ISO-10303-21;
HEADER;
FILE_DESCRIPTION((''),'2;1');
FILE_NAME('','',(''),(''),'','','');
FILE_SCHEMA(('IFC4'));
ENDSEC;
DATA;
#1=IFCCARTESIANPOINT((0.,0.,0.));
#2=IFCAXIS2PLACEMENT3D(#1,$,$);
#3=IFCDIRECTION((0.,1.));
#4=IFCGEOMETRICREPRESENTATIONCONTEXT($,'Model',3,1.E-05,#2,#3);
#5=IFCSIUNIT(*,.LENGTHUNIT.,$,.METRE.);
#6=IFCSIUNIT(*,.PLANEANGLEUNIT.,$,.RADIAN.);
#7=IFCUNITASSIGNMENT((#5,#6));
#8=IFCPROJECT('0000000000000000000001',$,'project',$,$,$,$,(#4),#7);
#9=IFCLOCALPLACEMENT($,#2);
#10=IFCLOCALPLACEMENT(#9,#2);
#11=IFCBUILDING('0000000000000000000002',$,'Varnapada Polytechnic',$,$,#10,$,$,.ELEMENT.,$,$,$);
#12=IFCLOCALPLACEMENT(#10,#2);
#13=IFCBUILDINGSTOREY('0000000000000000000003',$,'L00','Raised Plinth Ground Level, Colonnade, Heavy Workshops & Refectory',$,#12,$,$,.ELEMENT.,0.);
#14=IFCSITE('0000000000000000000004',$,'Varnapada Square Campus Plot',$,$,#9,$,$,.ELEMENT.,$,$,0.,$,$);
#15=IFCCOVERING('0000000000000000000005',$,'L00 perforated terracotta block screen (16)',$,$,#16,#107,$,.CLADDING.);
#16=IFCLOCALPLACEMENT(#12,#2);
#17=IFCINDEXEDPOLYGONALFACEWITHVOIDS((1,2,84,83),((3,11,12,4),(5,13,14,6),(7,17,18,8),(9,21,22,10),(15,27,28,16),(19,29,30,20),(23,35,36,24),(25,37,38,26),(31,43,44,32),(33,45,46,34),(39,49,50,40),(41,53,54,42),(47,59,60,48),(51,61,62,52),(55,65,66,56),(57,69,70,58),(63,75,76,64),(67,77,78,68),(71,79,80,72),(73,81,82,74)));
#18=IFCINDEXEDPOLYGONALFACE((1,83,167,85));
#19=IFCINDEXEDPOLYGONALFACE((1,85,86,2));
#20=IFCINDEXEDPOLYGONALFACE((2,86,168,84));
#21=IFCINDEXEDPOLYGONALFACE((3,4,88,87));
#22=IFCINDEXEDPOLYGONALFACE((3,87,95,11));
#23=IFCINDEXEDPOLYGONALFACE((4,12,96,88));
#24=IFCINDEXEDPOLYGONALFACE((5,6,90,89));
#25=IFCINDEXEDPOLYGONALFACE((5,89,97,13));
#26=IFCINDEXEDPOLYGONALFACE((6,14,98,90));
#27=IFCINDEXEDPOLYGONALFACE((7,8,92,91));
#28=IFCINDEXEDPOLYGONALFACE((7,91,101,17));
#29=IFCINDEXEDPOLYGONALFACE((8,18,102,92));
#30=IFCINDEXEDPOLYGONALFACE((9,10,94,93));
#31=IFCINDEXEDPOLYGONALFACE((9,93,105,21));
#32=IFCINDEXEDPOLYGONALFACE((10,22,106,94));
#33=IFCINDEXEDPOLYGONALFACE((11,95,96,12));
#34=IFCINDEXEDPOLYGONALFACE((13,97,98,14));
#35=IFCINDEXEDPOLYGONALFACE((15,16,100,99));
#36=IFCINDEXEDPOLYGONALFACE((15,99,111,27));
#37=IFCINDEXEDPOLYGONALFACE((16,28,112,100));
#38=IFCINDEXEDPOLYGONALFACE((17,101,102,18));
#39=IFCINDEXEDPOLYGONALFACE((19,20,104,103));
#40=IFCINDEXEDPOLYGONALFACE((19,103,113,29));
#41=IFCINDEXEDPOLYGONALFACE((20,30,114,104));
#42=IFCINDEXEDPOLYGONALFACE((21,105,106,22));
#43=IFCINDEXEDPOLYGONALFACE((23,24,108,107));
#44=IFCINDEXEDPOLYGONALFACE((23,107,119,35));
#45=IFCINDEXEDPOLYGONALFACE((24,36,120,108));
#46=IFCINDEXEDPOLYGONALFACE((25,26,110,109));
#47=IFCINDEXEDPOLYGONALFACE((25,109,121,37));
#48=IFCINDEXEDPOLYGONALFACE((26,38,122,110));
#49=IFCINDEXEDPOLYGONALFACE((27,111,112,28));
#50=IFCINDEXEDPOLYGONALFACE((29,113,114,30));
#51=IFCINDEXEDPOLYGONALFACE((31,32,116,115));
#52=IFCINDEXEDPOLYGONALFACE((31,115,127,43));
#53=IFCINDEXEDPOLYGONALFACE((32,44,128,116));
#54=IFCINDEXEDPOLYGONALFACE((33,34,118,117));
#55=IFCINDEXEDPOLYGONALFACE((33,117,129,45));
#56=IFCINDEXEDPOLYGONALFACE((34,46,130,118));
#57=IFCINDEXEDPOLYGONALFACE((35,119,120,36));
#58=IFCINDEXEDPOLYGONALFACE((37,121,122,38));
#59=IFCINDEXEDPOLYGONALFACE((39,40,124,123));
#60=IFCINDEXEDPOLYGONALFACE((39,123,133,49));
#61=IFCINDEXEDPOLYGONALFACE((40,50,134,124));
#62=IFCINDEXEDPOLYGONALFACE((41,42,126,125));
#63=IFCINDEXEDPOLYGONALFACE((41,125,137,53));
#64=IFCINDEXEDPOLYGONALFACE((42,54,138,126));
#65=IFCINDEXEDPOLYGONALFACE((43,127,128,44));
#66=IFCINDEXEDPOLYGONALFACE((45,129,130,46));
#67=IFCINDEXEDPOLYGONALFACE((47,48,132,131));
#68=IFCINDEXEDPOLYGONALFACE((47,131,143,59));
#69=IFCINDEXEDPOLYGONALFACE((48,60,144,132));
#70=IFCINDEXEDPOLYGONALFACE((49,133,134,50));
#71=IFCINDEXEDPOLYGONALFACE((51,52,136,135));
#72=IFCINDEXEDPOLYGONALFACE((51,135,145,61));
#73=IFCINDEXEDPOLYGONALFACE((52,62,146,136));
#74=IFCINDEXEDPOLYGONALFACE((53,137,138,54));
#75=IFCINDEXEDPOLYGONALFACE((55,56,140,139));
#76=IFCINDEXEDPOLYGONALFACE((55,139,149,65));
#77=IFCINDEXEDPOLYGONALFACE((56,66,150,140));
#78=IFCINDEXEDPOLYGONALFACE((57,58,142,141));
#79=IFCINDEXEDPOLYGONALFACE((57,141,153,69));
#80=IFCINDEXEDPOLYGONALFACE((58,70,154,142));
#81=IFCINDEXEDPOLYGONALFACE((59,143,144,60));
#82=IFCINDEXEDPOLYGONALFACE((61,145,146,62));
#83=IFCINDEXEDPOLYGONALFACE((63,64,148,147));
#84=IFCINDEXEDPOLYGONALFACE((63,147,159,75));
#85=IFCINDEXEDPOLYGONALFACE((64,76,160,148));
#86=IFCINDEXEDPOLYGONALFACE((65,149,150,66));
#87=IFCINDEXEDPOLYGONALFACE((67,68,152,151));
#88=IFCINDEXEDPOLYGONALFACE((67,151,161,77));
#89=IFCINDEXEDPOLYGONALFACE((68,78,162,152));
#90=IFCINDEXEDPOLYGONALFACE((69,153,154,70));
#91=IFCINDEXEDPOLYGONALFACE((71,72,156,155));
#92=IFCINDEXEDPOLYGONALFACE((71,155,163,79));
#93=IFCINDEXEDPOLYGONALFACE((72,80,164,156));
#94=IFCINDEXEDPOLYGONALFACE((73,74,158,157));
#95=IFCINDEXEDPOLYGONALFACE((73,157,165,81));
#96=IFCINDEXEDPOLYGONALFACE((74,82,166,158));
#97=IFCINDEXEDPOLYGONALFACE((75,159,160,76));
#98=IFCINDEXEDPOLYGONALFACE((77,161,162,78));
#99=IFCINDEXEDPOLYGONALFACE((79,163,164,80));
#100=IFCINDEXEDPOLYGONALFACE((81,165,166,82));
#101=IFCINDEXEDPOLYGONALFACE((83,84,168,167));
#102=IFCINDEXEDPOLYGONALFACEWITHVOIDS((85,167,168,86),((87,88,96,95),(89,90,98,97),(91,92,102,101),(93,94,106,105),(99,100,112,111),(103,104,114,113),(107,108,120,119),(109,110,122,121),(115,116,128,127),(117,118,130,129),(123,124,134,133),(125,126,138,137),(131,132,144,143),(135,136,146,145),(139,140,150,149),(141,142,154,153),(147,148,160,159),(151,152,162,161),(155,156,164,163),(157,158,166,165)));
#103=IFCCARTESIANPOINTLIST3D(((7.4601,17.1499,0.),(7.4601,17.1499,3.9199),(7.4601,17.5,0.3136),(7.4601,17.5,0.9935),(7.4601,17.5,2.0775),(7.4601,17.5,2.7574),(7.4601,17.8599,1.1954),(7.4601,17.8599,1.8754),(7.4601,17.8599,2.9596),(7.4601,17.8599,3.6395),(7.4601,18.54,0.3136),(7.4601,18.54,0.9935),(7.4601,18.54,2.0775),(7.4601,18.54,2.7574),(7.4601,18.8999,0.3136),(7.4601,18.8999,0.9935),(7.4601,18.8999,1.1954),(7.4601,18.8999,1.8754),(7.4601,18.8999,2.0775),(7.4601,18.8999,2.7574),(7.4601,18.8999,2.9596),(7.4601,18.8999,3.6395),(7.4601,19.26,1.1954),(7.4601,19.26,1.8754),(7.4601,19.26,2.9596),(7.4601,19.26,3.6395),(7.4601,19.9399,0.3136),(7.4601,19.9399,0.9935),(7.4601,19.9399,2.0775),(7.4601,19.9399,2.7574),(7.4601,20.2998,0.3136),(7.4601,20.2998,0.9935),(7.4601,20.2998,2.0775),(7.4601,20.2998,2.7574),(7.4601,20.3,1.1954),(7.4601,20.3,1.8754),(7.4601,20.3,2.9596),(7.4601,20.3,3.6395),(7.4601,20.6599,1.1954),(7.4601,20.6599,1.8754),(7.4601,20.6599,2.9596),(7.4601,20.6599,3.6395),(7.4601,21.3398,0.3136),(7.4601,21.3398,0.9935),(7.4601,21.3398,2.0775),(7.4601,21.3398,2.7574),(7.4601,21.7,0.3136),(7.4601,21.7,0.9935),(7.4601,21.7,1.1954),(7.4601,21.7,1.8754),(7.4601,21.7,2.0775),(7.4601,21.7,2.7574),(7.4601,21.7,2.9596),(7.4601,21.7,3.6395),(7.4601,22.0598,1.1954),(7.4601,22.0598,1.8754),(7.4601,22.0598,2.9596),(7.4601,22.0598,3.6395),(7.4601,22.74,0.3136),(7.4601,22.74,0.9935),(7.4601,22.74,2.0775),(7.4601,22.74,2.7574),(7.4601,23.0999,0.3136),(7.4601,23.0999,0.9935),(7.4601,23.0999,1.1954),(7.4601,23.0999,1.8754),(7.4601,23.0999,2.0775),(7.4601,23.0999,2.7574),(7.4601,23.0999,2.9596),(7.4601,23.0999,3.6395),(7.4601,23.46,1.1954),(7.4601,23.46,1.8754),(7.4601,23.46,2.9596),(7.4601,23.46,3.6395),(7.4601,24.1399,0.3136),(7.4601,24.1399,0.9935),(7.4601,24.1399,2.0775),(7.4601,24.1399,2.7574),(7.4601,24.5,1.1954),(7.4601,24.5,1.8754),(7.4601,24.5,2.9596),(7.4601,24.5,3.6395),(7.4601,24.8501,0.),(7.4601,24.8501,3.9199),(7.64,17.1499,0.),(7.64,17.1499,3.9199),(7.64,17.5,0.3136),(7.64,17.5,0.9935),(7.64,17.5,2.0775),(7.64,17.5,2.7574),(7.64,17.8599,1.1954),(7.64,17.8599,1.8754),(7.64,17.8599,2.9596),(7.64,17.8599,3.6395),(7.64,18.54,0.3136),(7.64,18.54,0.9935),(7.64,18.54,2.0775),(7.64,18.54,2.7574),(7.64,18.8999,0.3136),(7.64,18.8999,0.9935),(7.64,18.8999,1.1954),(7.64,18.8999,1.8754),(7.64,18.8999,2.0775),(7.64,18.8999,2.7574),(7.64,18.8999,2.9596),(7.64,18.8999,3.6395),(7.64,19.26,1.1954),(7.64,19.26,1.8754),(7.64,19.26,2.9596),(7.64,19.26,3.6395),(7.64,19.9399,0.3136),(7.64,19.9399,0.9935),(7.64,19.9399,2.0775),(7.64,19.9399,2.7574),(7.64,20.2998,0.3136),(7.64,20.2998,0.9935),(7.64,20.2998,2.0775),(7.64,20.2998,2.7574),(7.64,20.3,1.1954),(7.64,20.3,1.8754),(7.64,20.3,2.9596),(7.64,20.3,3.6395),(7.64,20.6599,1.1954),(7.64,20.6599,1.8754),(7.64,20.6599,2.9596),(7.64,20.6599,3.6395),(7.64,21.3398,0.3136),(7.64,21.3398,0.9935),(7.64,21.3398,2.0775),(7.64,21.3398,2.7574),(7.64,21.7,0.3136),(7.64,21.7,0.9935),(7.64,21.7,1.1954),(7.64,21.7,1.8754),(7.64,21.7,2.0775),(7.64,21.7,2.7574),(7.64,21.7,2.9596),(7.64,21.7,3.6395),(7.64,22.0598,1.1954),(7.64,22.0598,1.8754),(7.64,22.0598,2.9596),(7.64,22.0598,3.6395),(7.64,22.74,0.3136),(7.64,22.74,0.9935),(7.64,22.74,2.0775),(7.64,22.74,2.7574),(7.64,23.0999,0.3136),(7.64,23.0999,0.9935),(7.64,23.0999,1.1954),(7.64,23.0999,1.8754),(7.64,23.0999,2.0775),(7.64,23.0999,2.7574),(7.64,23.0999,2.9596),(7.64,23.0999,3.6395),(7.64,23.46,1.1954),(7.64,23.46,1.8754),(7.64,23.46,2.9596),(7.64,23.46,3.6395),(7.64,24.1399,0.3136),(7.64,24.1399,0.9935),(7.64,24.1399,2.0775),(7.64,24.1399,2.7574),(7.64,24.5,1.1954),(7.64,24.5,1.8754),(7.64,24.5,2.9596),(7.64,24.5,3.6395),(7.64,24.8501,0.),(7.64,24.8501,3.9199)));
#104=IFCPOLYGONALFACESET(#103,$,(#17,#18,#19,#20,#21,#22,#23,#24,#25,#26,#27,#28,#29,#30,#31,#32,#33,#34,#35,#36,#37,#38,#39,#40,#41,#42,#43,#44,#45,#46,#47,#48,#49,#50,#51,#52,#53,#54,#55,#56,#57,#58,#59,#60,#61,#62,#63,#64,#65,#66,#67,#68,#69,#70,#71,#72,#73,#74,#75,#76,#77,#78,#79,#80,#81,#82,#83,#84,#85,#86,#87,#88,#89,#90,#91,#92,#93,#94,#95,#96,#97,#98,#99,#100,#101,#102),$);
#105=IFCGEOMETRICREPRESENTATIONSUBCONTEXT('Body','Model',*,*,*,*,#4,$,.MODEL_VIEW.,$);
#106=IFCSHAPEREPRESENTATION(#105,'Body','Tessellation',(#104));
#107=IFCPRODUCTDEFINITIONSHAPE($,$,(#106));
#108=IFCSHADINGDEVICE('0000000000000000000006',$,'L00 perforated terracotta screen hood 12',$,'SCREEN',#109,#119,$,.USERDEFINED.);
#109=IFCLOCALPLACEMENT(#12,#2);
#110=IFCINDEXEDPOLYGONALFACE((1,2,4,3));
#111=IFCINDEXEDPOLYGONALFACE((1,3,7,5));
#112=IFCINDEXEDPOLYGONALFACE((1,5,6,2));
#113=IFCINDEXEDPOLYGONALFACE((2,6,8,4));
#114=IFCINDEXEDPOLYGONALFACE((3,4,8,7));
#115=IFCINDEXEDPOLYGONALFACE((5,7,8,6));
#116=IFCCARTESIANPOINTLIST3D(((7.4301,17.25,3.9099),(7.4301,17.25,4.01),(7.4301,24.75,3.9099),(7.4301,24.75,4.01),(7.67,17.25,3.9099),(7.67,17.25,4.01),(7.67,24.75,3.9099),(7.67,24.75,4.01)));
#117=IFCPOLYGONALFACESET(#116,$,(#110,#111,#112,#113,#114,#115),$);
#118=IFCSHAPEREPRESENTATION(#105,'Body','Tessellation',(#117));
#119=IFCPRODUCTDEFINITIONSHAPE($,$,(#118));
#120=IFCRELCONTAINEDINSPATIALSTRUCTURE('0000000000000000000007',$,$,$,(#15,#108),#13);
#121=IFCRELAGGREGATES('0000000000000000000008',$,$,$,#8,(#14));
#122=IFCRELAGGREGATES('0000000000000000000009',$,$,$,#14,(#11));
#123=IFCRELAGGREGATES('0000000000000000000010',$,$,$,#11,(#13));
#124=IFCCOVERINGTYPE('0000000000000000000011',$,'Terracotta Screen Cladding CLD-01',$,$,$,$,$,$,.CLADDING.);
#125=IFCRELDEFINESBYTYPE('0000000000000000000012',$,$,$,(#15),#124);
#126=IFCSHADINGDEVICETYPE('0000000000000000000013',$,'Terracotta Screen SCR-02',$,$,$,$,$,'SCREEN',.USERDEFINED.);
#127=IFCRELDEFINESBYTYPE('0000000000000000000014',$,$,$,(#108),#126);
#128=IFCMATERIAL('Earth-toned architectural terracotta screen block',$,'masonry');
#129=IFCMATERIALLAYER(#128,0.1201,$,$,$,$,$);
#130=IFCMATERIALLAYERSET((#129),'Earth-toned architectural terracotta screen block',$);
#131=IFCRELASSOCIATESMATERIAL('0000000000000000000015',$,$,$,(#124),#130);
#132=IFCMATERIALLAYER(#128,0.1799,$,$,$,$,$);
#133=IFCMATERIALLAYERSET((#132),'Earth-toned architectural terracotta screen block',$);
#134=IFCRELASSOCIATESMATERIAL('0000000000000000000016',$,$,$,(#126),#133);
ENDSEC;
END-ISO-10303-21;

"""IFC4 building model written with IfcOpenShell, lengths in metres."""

from ifc_helpers import new_model, si_unit, direction, frame, frame_2d, origin, origin_2d, place, context, subcontext, project, spatial, rectangle, extrude, material, layer, layer_set, type_object, element, save


model = new_model("IFC4")

# Units and contexts
model_context = context("Model", 3, precision=1e-05, world=origin(), true_north=direction((0.0, 1.0)))
body_context = subcontext(model_context, "Body", "Model", "MODEL_VIEW")
ifc_project = project(units=[si_unit("LENGTHUNIT", "METRE"), si_unit("PLANEANGLEUNIT", "RADIAN")], contexts=[model_context])

# Site, building, storey
site_placement = place(None, origin())
site = spatial("IfcSite", under=ifc_project, at=site_placement, Name="Varnapada Square Campus Plot", CompositionType="ELEMENT", RefElevation=0.0)
building_placement = place(site_placement, origin())
building = spatial("IfcBuilding", under=site, at=building_placement, Name="Varnapada Polytechnic", CompositionType="ELEMENT")
storey_placement = place(building_placement, origin())
storey = spatial("IfcBuildingStorey", under=building, at=storey_placement, Name="L00", Description="Raised Plinth Ground Level, Colonnade, Heavy Workshops & Refectory", CompositionType="ELEMENT", Elevation=0.0)

# Covering, openings
ifc_material_1 = material(Name="Earth-toned architectural terracotta screen block", Category="masonry")
ifc_layer_1 = layer(ifc_material_1, 0.1201)
ifc_layer_set_1 = layer_set([ifc_layer_1], Name="Earth-toned architectural terracotta screen block")
covering_type = type_object("IfcCoveringType", Name="Terracotta Screen Cladding CLD-01", PredefinedType="CLADDING", material=ifc_layer_set_1)
covering_placement = place(storey_placement, frame((7.55, 17.1499, 0.0), z_axis=(0.0, 0.0, 1.0), x_axis=(0.0, 1.0, 0.0)))
covering = element("IfcCovering", 1, at=covering_placement, inside=storey, type_object=covering_type, Name="L00 perforated terracotta block screen (16)", PredefinedType="CLADDING", context=body_context, shape_type="SweptSolid", body=[
    extrude(rectangle(XDim=7.7002, YDim=0.1799, at=frame_2d((3.8501, 0.0))), origin(), (0.0, 0.0, 1.0), 3.9199),
])
opening_1_placement = place(covering_placement, frame((0.3501, 0.0, 0.3137)))
element("IfcOpeningElement", 2, at=opening_1_placement, cuts=covering, PredefinedType="OPENING", context=body_context, shape_type="SweptSolid", body=[
    extrude(rectangle(XDim=1.04, YDim=0.6799, at=frame_2d((0.52, 0.3398))), frame((0.0, 0.0999, 0.0), z_axis=(0.0, -1.0, 0.0), x_axis=(1.0, 0.0, 0.0)), (0.0, 0.0, 1.0), 0.2),
])
opening_2_placement = place(covering_placement, frame((1.75, 0.0, 0.3137)))
element("IfcOpeningElement", 3, at=opening_2_placement, cuts=covering, PredefinedType="OPENING", context=body_context, shape_type="SweptSolid", body=[
    extrude(rectangle(XDim=1.04, YDim=0.6799, at=frame_2d((0.52, 0.3398))), frame((0.0, 0.0999, 0.0), z_axis=(0.0, -1.0, 0.0), x_axis=(1.0, 0.0, 0.0)), (0.0, 0.0, 1.0), 0.2),
])
opening_3_placement = place(covering_placement, frame((3.1499, 0.0, 0.3137)))
element("IfcOpeningElement", 4, at=opening_3_placement, cuts=covering, PredefinedType="OPENING", context=body_context, shape_type="SweptSolid", body=[
    extrude(rectangle(XDim=1.04, YDim=0.6799, at=frame_2d((0.52, 0.3398))), frame((0.0, 0.0999, 0.0), z_axis=(0.0, -1.0, 0.0), x_axis=(1.0, 0.0, 0.0)), (0.0, 0.0, 1.0), 0.2),
])
opening_4_placement = place(covering_placement, frame((4.55, 0.0, 0.3137)))
element("IfcOpeningElement", 5, at=opening_4_placement, cuts=covering, PredefinedType="OPENING", context=body_context, shape_type="SweptSolid", body=[
    extrude(rectangle(XDim=1.04, YDim=0.6799, at=frame_2d((0.52, 0.3398))), frame((0.0, 0.0999, 0.0), z_axis=(0.0, -1.0, 0.0), x_axis=(1.0, 0.0, 0.0)), (0.0, 0.0, 1.0), 0.2),
])
opening_5_placement = place(covering_placement, frame((5.95, 0.0, 0.3137)))
element("IfcOpeningElement", 6, at=opening_5_placement, cuts=covering, PredefinedType="OPENING", context=body_context, shape_type="SweptSolid", body=[
    extrude(rectangle(XDim=1.04, YDim=0.6799, at=frame_2d((0.52, 0.3398))), frame((0.0, 0.0999, 0.0), z_axis=(0.0, -1.0, 0.0), x_axis=(1.0, 0.0, 0.0)), (0.0, 0.0, 1.0), 0.2),
])
opening_6_placement = place(covering_placement, frame((0.71, 0.0, 1.1956)))
element("IfcOpeningElement", 7, at=opening_6_placement, cuts=covering, PredefinedType="OPENING", context=body_context, shape_type="SweptSolid", body=[
    extrude(rectangle(XDim=1.04, YDim=0.6799, at=frame_2d((0.52, 0.3398))), frame((0.0, 0.0999, 0.0), z_axis=(0.0, -1.0, 0.0), x_axis=(1.0, 0.0, 0.0)), (0.0, 0.0, 1.0), 0.2),
])
opening_7_placement = place(covering_placement, frame((2.1101, 0.0, 1.1956)))
element("IfcOpeningElement", 8, at=opening_7_placement, cuts=covering, PredefinedType="OPENING", context=body_context, shape_type="SweptSolid", body=[
    extrude(rectangle(XDim=1.04, YDim=0.6799, at=frame_2d((0.52, 0.3398))), frame((0.0, 0.0999, 0.0), z_axis=(0.0, -1.0, 0.0), x_axis=(1.0, 0.0, 0.0)), (0.0, 0.0, 1.0), 0.2),
])
opening_8_placement = place(covering_placement, frame((3.51, 0.0, 1.1956)))
element("IfcOpeningElement", 9, at=opening_8_placement, cuts=covering, PredefinedType="OPENING", context=body_context, shape_type="SweptSolid", body=[
    extrude(rectangle(XDim=1.04, YDim=0.6799, at=frame_2d((0.52, 0.3398))), frame((0.0, 0.0999, 0.0), z_axis=(0.0, -1.0, 0.0), x_axis=(1.0, 0.0, 0.0)), (0.0, 0.0, 1.0), 0.2),
])
opening_9_placement = place(covering_placement, frame((4.9099, 0.0, 1.1956)))
element("IfcOpeningElement", 10, at=opening_9_placement, cuts=covering, PredefinedType="OPENING", context=body_context, shape_type="SweptSolid", body=[
    extrude(rectangle(XDim=1.04, YDim=0.6799, at=frame_2d((0.52, 0.3398))), frame((0.0, 0.0999, 0.0), z_axis=(0.0, -1.0, 0.0), x_axis=(1.0, 0.0, 0.0)), (0.0, 0.0, 1.0), 0.2),
])
opening_10_placement = place(covering_placement, frame((6.3101, 0.0, 1.1956)))
element("IfcOpeningElement", 11, at=opening_10_placement, cuts=covering, PredefinedType="OPENING", context=body_context, shape_type="SweptSolid", body=[
    extrude(rectangle(XDim=1.04, YDim=0.6799, at=frame_2d((0.52, 0.3398))), frame((0.0, 0.0999, 0.0), z_axis=(0.0, -1.0, 0.0), x_axis=(1.0, 0.0, 0.0)), (0.0, 0.0, 1.0), 0.2),
])
opening_11_placement = place(covering_placement, frame((0.3501, 0.0, 2.0776)))
element("IfcOpeningElement", 12, at=opening_11_placement, cuts=covering, PredefinedType="OPENING", context=body_context, shape_type="SweptSolid", body=[
    extrude(rectangle(XDim=1.04, YDim=0.6799, at=frame_2d((0.52, 0.3398))), frame((0.0, 0.0999, 0.0), z_axis=(0.0, -1.0, 0.0), x_axis=(1.0, 0.0, 0.0)), (0.0, 0.0, 1.0), 0.2),
])
opening_12_placement = place(covering_placement, frame((1.75, 0.0, 2.0776)))
element("IfcOpeningElement", 13, at=opening_12_placement, cuts=covering, PredefinedType="OPENING", context=body_context, shape_type="SweptSolid", body=[
    extrude(rectangle(XDim=1.04, YDim=0.6799, at=frame_2d((0.52, 0.3398))), frame((0.0, 0.0999, 0.0), z_axis=(0.0, -1.0, 0.0), x_axis=(1.0, 0.0, 0.0)), (0.0, 0.0, 1.0), 0.2),
])
opening_13_placement = place(covering_placement, frame((3.1499, 0.0, 2.0776)))
element("IfcOpeningElement", 14, at=opening_13_placement, cuts=covering, PredefinedType="OPENING", context=body_context, shape_type="SweptSolid", body=[
    extrude(rectangle(XDim=1.04, YDim=0.6799, at=frame_2d((0.52, 0.3398))), frame((0.0, 0.0999, 0.0), z_axis=(0.0, -1.0, 0.0), x_axis=(1.0, 0.0, 0.0)), (0.0, 0.0, 1.0), 0.2),
])
opening_14_placement = place(covering_placement, frame((4.55, 0.0, 2.0776)))
element("IfcOpeningElement", 15, at=opening_14_placement, cuts=covering, PredefinedType="OPENING", context=body_context, shape_type="SweptSolid", body=[
    extrude(rectangle(XDim=1.04, YDim=0.6799, at=frame_2d((0.52, 0.3398))), frame((0.0, 0.0999, 0.0), z_axis=(0.0, -1.0, 0.0), x_axis=(1.0, 0.0, 0.0)), (0.0, 0.0, 1.0), 0.2),
])
opening_15_placement = place(covering_placement, frame((5.95, 0.0, 2.0776)))
element("IfcOpeningElement", 16, at=opening_15_placement, cuts=covering, PredefinedType="OPENING", context=body_context, shape_type="SweptSolid", body=[
    extrude(rectangle(XDim=1.04, YDim=0.6799, at=frame_2d((0.52, 0.3398))), frame((0.0, 0.0999, 0.0), z_axis=(0.0, -1.0, 0.0), x_axis=(1.0, 0.0, 0.0)), (0.0, 0.0, 1.0), 0.2),
])
opening_16_placement = place(covering_placement, frame((0.71, 0.0, 2.9597)))
element("IfcOpeningElement", 17, at=opening_16_placement, cuts=covering, PredefinedType="OPENING", context=body_context, shape_type="SweptSolid", body=[
    extrude(rectangle(XDim=1.04, YDim=0.6799, at=frame_2d((0.52, 0.3398))), frame((0.0, 0.0999, 0.0), z_axis=(0.0, -1.0, 0.0), x_axis=(1.0, 0.0, 0.0)), (0.0, 0.0, 1.0), 0.2),
])
opening_17_placement = place(covering_placement, frame((2.1101, 0.0, 2.9597)))
element("IfcOpeningElement", 18, at=opening_17_placement, cuts=covering, PredefinedType="OPENING", context=body_context, shape_type="SweptSolid", body=[
    extrude(rectangle(XDim=1.04, YDim=0.6799, at=frame_2d((0.52, 0.3398))), frame((0.0, 0.0999, 0.0), z_axis=(0.0, -1.0, 0.0), x_axis=(1.0, 0.0, 0.0)), (0.0, 0.0, 1.0), 0.2),
])
opening_18_placement = place(covering_placement, frame((3.51, 0.0, 2.9597)))
element("IfcOpeningElement", 19, at=opening_18_placement, cuts=covering, PredefinedType="OPENING", context=body_context, shape_type="SweptSolid", body=[
    extrude(rectangle(XDim=1.04, YDim=0.6799, at=frame_2d((0.52, 0.3398))), frame((0.0, 0.0999, 0.0), z_axis=(0.0, -1.0, 0.0), x_axis=(1.0, 0.0, 0.0)), (0.0, 0.0, 1.0), 0.2),
])
opening_19_placement = place(covering_placement, frame((4.9099, 0.0, 2.9597)))
element("IfcOpeningElement", 20, at=opening_19_placement, cuts=covering, PredefinedType="OPENING", context=body_context, shape_type="SweptSolid", body=[
    extrude(rectangle(XDim=1.04, YDim=0.6799, at=frame_2d((0.52, 0.3398))), frame((0.0, 0.0999, 0.0), z_axis=(0.0, -1.0, 0.0), x_axis=(1.0, 0.0, 0.0)), (0.0, 0.0, 1.0), 0.2),
])
opening_20_placement = place(covering_placement, frame((6.3101, 0.0, 2.9597)))
element("IfcOpeningElement", 21, at=opening_20_placement, cuts=covering, PredefinedType="OPENING", context=body_context, shape_type="SweptSolid", body=[
    extrude(rectangle(XDim=1.04, YDim=0.6799, at=frame_2d((0.52, 0.3398))), frame((0.0, 0.0999, 0.0), z_axis=(0.0, -1.0, 0.0), x_axis=(1.0, 0.0, 0.0)), (0.0, 0.0, 1.0), 0.2),
])

# Shading device
ifc_layer_2 = layer(ifc_material_1, 0.1799)
ifc_layer_set_2 = layer_set([ifc_layer_2], Name="Earth-toned architectural terracotta screen block")
shading_device_type = type_object("IfcShadingDeviceType", Name="Terracotta Screen SCR-02", ElementType="SCREEN", PredefinedType="USERDEFINED", material=ifc_layer_set_2)
shading_device_placement = place(storey_placement, frame((7.55, 21.0, 3.9099), z_axis=(0.0, 0.0, 1.0), x_axis=(0.0, 1.0, 0.0)))
element("IfcShadingDevice", 22, at=shading_device_placement, inside=storey, type_object=shading_device_type, Name="L00 perforated terracotta screen hood 12", ObjectType="SCREEN", PredefinedType="USERDEFINED", context=body_context, shape_type="SweptSolid", body=[
    extrude(rectangle(XDim=7.5, YDim=0.24, at=origin_2d()), origin(), (0.0, 0.0, 1.0), 0.1001),
])

save(model, "model.ifc")
